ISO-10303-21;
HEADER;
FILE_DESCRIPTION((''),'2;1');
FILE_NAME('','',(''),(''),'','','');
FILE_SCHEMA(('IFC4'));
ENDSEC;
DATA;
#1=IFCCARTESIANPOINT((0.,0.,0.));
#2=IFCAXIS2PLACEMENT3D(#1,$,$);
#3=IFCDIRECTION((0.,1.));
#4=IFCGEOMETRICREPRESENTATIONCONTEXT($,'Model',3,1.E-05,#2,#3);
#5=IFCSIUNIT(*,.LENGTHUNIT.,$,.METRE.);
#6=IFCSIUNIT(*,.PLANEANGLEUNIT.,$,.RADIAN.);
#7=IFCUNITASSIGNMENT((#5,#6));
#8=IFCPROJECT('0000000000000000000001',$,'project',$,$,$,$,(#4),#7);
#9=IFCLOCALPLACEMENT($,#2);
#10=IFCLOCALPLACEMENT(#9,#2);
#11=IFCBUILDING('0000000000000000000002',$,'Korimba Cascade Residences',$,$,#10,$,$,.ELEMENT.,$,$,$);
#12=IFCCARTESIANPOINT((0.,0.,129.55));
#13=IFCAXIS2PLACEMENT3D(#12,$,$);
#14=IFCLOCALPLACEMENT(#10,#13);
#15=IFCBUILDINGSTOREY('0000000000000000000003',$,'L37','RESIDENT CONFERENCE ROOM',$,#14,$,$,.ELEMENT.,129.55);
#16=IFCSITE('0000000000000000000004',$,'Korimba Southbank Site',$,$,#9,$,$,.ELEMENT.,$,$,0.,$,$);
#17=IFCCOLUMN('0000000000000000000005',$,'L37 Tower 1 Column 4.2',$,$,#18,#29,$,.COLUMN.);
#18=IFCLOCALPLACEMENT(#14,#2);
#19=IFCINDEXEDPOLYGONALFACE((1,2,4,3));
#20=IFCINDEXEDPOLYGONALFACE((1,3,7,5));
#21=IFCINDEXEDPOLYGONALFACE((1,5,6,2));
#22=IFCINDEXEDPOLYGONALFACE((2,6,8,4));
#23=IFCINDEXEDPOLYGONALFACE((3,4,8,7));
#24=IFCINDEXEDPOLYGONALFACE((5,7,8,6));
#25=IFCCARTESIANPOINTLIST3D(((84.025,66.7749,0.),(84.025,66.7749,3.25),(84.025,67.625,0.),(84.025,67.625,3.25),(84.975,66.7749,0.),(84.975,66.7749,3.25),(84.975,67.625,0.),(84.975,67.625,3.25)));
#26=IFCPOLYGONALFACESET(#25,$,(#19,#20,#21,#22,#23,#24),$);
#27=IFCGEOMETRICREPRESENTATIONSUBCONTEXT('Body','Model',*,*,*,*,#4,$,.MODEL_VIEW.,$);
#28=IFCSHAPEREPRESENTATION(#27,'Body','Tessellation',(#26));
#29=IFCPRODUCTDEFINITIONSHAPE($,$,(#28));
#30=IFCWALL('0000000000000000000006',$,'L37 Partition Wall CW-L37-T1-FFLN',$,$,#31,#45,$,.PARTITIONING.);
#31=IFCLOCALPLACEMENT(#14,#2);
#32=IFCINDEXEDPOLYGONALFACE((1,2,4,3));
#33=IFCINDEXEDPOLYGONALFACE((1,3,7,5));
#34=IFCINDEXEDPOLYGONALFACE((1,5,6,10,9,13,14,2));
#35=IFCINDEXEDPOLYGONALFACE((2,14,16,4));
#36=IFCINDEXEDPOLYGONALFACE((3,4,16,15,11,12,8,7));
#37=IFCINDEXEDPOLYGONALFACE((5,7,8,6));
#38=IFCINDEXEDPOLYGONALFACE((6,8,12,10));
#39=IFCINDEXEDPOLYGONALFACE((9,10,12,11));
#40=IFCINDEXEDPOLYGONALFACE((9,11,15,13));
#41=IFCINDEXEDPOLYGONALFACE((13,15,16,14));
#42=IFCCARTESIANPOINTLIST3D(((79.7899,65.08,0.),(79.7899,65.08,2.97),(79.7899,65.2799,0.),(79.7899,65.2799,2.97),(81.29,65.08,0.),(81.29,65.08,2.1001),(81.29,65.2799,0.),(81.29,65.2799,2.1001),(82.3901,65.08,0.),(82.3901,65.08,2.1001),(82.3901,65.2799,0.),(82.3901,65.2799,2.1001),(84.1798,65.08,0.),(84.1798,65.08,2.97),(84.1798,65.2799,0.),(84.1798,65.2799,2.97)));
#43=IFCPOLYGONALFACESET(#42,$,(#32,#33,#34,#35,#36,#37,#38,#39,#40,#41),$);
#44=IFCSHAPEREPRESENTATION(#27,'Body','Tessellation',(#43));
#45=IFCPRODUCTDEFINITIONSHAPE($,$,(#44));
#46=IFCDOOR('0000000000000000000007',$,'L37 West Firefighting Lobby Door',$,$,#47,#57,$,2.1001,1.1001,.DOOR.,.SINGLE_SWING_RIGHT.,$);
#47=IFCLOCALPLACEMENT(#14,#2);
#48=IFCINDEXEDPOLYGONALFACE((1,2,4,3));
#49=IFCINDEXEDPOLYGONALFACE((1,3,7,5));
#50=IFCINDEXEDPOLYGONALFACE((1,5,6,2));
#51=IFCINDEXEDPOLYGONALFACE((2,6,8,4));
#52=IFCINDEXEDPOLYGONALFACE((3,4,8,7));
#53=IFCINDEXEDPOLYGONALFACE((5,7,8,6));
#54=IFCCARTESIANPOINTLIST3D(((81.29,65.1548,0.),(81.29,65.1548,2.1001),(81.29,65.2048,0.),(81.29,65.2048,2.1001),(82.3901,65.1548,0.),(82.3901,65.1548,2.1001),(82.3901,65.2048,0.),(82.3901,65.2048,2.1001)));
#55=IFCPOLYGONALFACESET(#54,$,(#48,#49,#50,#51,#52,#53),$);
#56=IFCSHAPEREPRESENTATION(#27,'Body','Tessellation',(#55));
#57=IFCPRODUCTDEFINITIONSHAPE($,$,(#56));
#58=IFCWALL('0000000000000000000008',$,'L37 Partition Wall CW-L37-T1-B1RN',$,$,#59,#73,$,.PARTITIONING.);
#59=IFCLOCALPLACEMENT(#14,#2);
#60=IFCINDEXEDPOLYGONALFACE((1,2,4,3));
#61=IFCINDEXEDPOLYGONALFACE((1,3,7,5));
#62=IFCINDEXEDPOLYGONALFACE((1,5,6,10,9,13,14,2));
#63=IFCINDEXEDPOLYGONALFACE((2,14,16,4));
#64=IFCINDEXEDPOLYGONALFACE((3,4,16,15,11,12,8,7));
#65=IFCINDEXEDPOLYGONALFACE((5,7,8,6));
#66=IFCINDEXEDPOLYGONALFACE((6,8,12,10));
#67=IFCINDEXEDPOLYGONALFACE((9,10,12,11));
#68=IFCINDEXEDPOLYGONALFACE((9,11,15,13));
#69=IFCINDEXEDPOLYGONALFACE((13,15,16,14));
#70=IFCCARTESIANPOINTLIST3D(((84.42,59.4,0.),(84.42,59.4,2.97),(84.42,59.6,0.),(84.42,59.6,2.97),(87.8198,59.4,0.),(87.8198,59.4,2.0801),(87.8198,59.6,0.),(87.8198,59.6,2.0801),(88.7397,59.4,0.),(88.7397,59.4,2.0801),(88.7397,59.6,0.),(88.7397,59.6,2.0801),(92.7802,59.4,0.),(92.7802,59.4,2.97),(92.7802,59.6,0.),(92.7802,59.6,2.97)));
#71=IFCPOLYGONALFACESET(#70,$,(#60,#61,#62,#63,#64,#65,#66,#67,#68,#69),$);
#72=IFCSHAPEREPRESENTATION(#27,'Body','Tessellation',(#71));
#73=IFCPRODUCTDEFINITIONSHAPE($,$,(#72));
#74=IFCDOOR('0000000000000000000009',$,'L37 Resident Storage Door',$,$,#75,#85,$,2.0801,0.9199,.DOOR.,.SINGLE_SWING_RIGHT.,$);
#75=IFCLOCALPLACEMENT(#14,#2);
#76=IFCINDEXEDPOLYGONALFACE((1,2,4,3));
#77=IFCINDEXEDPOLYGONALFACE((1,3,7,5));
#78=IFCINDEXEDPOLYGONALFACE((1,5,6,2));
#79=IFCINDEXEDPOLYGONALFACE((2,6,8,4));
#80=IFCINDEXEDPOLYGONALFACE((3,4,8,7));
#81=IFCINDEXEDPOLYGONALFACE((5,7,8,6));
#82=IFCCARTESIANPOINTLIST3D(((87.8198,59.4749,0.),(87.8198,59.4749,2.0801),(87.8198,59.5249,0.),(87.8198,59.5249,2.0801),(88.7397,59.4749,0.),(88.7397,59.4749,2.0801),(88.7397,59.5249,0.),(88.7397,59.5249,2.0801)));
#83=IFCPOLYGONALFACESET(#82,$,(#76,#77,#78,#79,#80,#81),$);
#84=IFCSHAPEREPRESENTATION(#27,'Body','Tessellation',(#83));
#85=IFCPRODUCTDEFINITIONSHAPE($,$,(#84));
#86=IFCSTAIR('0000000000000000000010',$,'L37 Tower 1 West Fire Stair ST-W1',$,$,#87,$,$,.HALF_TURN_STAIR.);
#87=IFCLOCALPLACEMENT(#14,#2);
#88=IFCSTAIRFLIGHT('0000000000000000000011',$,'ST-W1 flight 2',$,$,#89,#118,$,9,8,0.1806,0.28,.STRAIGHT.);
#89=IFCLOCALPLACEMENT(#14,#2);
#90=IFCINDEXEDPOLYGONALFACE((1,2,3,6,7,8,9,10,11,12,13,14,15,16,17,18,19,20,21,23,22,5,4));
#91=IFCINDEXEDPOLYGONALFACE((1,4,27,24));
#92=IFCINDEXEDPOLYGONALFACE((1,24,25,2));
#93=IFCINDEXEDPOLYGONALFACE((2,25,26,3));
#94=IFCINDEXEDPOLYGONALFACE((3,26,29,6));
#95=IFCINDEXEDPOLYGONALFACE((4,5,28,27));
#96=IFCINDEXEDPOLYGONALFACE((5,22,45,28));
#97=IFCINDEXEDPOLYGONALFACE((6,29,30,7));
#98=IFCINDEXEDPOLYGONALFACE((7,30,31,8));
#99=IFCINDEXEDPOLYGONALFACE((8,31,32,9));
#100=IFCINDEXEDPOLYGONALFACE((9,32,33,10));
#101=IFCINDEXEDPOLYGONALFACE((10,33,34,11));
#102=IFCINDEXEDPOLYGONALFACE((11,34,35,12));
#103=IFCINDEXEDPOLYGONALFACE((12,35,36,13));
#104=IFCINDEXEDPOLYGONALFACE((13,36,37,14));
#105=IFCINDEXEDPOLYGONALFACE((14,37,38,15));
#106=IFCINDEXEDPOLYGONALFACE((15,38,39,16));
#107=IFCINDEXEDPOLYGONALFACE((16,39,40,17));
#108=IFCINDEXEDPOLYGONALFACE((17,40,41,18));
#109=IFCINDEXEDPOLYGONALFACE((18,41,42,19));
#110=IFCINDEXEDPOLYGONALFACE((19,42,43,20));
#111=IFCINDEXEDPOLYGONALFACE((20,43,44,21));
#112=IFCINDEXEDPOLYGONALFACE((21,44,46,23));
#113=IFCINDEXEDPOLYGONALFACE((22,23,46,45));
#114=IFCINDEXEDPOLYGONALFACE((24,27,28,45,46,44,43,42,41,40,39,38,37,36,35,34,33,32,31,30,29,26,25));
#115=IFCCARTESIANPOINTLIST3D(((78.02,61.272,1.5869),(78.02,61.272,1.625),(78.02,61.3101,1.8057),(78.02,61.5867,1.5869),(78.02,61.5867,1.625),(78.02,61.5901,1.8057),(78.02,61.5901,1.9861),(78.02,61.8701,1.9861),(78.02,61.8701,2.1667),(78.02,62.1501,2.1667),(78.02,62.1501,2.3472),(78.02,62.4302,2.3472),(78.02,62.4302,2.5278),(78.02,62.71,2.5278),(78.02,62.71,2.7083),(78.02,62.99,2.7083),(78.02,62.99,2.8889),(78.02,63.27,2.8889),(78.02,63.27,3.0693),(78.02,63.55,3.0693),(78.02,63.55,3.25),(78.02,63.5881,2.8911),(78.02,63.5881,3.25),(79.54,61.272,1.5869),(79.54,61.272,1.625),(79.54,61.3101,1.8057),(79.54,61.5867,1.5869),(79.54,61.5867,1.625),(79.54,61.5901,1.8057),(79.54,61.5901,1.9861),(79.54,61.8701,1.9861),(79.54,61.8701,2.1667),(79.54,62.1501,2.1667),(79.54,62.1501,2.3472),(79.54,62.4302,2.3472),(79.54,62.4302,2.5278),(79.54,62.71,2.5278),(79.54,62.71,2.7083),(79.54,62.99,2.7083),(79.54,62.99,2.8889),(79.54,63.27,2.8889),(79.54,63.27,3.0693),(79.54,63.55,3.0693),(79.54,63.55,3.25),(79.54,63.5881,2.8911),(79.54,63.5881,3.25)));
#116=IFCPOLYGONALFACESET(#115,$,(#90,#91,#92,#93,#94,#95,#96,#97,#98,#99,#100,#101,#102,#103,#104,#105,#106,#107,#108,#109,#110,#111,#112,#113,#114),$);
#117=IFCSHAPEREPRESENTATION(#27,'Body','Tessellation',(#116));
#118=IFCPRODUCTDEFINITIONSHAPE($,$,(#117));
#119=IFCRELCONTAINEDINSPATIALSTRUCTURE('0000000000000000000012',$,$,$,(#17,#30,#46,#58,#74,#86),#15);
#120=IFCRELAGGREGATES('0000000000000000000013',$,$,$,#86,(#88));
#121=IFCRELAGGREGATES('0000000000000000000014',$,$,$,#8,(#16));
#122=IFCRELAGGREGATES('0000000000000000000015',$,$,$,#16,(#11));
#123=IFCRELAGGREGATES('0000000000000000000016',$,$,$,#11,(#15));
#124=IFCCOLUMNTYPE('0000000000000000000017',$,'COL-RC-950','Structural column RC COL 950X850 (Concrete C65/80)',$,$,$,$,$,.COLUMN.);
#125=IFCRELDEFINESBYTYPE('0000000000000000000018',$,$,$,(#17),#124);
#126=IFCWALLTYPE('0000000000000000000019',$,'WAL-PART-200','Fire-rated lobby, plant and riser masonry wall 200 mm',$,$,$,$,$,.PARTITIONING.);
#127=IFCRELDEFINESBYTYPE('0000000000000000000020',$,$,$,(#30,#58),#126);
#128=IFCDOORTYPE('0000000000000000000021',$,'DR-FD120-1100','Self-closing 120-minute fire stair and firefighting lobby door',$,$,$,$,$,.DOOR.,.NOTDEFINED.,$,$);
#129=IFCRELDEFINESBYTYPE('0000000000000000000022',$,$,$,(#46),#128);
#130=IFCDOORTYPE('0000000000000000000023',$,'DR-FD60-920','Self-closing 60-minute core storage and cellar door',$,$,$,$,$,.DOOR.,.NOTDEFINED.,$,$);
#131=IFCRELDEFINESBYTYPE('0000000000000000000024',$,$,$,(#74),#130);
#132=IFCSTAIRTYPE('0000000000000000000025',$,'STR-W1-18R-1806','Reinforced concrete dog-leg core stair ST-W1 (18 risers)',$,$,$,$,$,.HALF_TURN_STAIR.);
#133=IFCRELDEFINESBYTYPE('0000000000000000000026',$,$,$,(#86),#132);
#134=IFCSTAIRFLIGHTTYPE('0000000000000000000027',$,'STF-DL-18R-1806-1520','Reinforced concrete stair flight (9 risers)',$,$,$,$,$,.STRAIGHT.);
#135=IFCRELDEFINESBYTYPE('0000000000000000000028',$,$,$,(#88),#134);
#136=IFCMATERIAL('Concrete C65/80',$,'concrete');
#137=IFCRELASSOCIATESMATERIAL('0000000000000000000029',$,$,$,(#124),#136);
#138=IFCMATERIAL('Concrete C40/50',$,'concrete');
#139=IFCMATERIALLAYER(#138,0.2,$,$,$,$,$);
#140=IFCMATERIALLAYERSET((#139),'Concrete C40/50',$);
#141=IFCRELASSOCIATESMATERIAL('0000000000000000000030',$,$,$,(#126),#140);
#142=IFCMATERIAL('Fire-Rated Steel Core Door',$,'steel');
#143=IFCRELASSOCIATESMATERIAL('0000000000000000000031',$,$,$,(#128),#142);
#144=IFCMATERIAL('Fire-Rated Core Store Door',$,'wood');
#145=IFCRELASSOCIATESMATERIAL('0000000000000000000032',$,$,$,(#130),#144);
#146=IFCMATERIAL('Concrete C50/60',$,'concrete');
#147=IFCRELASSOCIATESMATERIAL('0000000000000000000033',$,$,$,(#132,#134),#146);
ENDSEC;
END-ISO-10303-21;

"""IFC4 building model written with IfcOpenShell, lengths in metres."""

from ifc_helpers import new_model, si_unit, direction, frame, frame_2d, origin, origin_2d, place, context, subcontext, project, spatial, polyline, rectangle, outline, extrude, material, layer, layer_set, material_profile, profile_set, type_object, element, fill, aggregate, save


model = new_model("IFC4")

# Units and contexts
model_context = context("Model", 3, precision=1e-05, world=origin(), true_north=direction((0.0, 1.0)))
body_context = subcontext(model_context, "Body", "Model", "MODEL_VIEW")
ifc_project = project(units=[si_unit("LENGTHUNIT", "METRE"), si_unit("PLANEANGLEUNIT", "RADIAN")], contexts=[model_context])

# Site, building, storey
site_placement = place(None, origin())
site = spatial("IfcSite", under=ifc_project, at=site_placement, Name="Korimba Southbank Site", CompositionType="ELEMENT", RefElevation=0.0)
building_placement = place(site_placement, origin())
building = spatial("IfcBuilding", under=site, at=building_placement, Name="Korimba Cascade Residences", CompositionType="ELEMENT")
storey_placement = place(building_placement, frame((0.0, 0.0, 129.55)))
storey = spatial("IfcBuildingStorey", under=building, at=storey_placement, Name="L37", Description="RESIDENT CONFERENCE ROOM", CompositionType="ELEMENT", Elevation=129.55)

# Column
ifc_material_1 = material(Name="Concrete C65/80", Category="concrete")
ifc_material_profile = material_profile(ifc_material_1, rectangle(XDim=0.95, YDim=0.8501, at=origin_2d()), Name="Concrete C65/80")
ifc_profile_set = profile_set([ifc_material_profile], Name="Concrete C65/80")
column_type = type_object("IfcColumnType", Name="COL-RC-950", Description="Structural column RC COL 950X850 (Concrete C65/80)", PredefinedType="COLUMN", material=ifc_profile_set)
column_placement = place(storey_placement, frame((84.5, 67.2, 0.0), z_axis=(0.0, 0.0, 1.0), x_axis=(1.0, 0.0, 0.0)))
element("IfcColumn", 1, at=column_placement, inside=storey, type_object=column_type, Name="L37 Tower 1 Column 4.2", PredefinedType="COLUMN", context=body_context, shape_type="SweptSolid", body=[
    extrude(rectangle(XDim=0.95, YDim=0.8501, at=origin_2d()), origin(), (0.0, 0.0, 1.0), 3.25),
])

# Walls, openings, doors
ifc_material_2 = material(Name="Concrete C40/50", Category="concrete")
ifc_layer = layer(ifc_material_2, 0.2)
ifc_layer_set = layer_set([ifc_layer], Name="Concrete C40/50")
wall_type = type_object("IfcWallType", Name="WAL-PART-200", Description="Fire-rated lobby, plant and riser masonry wall 200 mm", PredefinedType="PARTITIONING", material=ifc_layer_set)
wall_1_placement = place(storey_placement, frame((79.79, 65.1799, 0.0), z_axis=(0.0, 0.0, 1.0), x_axis=(1.0, 0.0, 0.0)))
wall_1 = element("IfcWall", 2, at=wall_1_placement, inside=storey, type_object=wall_type, Name="L37 Partition Wall CW-L37-T1-FFLN", PredefinedType="PARTITIONING", context=body_context, shape_type="SweptSolid", body=[
    extrude(rectangle(XDim=4.3899, YDim=0.2, at=frame_2d((2.1948, 0.0))), origin(), (0.0, 0.0, 1.0), 2.97),
])
opening_1_placement = place(wall_1_placement, frame((1.5, 0.0, 0.0)))
opening_1 = element("IfcOpeningElement", 3, at=opening_1_placement, cuts=wall_1, PredefinedType="OPENING", context=body_context, shape_type="SweptSolid", body=[
    extrude(rectangle(XDim=1.1001, YDim=2.1001, at=frame_2d((0.55, 1.05))), frame((0.0, 0.1099, 0.0), z_axis=(0.0, -1.0, 0.0), x_axis=(1.0, 0.0, 0.0)), (0.0, 0.0, 1.0), 0.22),
])
ifc_material_3 = material(Name="Fire-Rated Steel Core Door", Category="steel")
door_type_1 = type_object("IfcDoorType", Name="DR-FD120-1100", Description="Self-closing 120-minute fire stair and firefighting lobby door", OperationType="NOTDEFINED", PredefinedType="DOOR", material=ifc_material_3)
door_1_placement = place(opening_1_placement, origin())
door_1 = element("IfcDoor", 4, at=door_1_placement, inside=storey, type_object=door_type_1, Name="L37 West Firefighting Lobby Door", OperationType="SINGLE_SWING_RIGHT", OverallHeight=2.1001, OverallWidth=1.1001, PredefinedType="DOOR", context=body_context, shape_type="SweptSolid", body=[
    extrude(rectangle(XDim=1.1001, YDim=2.1001, at=frame_2d((0.55, 1.05))), frame((0.0, 0.0249, 0.0), z_axis=(0.0, -1.0, 0.0), x_axis=(1.0, 0.0, 0.0)), (0.0, 0.0, 1.0), 0.05),
])
fill(opening_1, door_1)
wall_2_placement = place(storey_placement, frame((84.4199, 59.5, 0.0), z_axis=(0.0, 0.0, 1.0), x_axis=(1.0, 0.0, 0.0)))
wall_2 = element("IfcWall", 5, at=wall_2_placement, inside=storey, type_object=wall_type, Name="L37 Partition Wall CW-L37-T1-B1RN", PredefinedType="PARTITIONING", context=body_context, shape_type="SweptSolid", body=[
    extrude(rectangle(XDim=8.3601, YDim=0.2, at=frame_2d((4.1802, 0.0))), origin(), (0.0, 0.0, 1.0), 2.97),
])
opening_2_placement = place(wall_2_placement, frame((3.3999, 0.0, 0.0)))
opening_2 = element("IfcOpeningElement", 6, at=opening_2_placement, cuts=wall_2, PredefinedType="OPENING", context=body_context, shape_type="SweptSolid", body=[
    extrude(rectangle(XDim=0.9199, YDim=2.0801, at=frame_2d((0.46, 1.04))), frame((0.0, 0.1099, 0.0), z_axis=(0.0, -1.0, 0.0), x_axis=(1.0, 0.0, 0.0)), (0.0, 0.0, 1.0), 0.22),
])
ifc_material_4 = material(Name="Fire-Rated Core Store Door", Category="wood")
door_type_2 = type_object("IfcDoorType", Name="DR-FD60-920", Description="Self-closing 60-minute core storage and cellar door", OperationType="NOTDEFINED", PredefinedType="DOOR", material=ifc_material_4)
door_2_placement = place(opening_2_placement, origin())
door_2 = element("IfcDoor", 7, at=door_2_placement, inside=storey, type_object=door_type_2, Name="L37 Resident Storage Door", OperationType="SINGLE_SWING_RIGHT", OverallHeight=2.0801, OverallWidth=0.9199, PredefinedType="DOOR", context=body_context, shape_type="SweptSolid", body=[
    extrude(rectangle(XDim=0.9199, YDim=2.0801, at=frame_2d((0.46, 1.04))), frame((0.0, 0.0249, 0.0), z_axis=(0.0, -1.0, 0.0), x_axis=(1.0, 0.0, 0.0)), (0.0, 0.0, 1.0), 0.05),
])
fill(opening_2, door_2)

# Stair, stair flight
ifc_material_5 = material(Name="Concrete C50/60", Category="concrete")
stair_type = type_object("IfcStairType", Name="STR-W1-18R-1806", Description="Reinforced concrete dog-leg core stair ST-W1 (18 risers)", PredefinedType="HALF_TURN_STAIR", material=ifc_material_5)
stair_placement = place(storey_placement, origin())
stair = element("IfcStair", 8, at=stair_placement, inside=storey, type_object=stair_type, Name="L37 Tower 1 West Fire Stair ST-W1", PredefinedType="HALF_TURN_STAIR")
stair_flight_type = type_object("IfcStairFlightType", Name="STF-DL-18R-1806-1520", Description="Reinforced concrete stair flight (9 risers)", PredefinedType="STRAIGHT", material=ifc_material_5)
stair_flight_placement = place(storey_placement, frame((78.78, 61.3101, 1.625), z_axis=(0.0, 0.0, 1.0), x_axis=(0.0, 1.0, 0.0)))
stair_flight = element("IfcStairFlight", 9, at=stair_flight_placement, type_object=stair_flight_type, Name="ST-W1 flight 2", NumberOfRisers=9, NumberOfTreads=8, PredefinedType="STRAIGHT", RiserHeight=0.1806, TreadLength=0.28, context=body_context, shape_type="SweptSolid", body=[
    extrude(outline(polyline([(-0.0381, 0.0), (0.0, 0.1807), (0.28, 0.1807), (0.28, 0.3611), (0.5601, 0.3611), (0.5601, 0.5417), (0.8401, 0.5417), (0.8401, 0.7222), (1.1201, 0.7222), (1.1201, 0.9028), (1.3999, 0.9028), (1.3999, 1.0833), (1.6799, 1.0833), (1.6799, 1.2639), (1.96, 1.2639), (1.96, 1.4443), (2.24, 1.4443), (2.24, 1.625), (2.2781, 1.625), (2.2781, 1.2661), (0.2766, 0.0), (0.2766, -0.0381), (-0.0381, -0.0381), (-0.0381, 0.0)])), frame((0.0, 0.76, 0.0), z_axis=(0.0, -1.0, 0.0), x_axis=(1.0, 0.0, 0.0)), (0.0, 0.0, 1.0), 1.52),
])
aggregate(stair, [stair_flight])

save(model, "model.ifc")
